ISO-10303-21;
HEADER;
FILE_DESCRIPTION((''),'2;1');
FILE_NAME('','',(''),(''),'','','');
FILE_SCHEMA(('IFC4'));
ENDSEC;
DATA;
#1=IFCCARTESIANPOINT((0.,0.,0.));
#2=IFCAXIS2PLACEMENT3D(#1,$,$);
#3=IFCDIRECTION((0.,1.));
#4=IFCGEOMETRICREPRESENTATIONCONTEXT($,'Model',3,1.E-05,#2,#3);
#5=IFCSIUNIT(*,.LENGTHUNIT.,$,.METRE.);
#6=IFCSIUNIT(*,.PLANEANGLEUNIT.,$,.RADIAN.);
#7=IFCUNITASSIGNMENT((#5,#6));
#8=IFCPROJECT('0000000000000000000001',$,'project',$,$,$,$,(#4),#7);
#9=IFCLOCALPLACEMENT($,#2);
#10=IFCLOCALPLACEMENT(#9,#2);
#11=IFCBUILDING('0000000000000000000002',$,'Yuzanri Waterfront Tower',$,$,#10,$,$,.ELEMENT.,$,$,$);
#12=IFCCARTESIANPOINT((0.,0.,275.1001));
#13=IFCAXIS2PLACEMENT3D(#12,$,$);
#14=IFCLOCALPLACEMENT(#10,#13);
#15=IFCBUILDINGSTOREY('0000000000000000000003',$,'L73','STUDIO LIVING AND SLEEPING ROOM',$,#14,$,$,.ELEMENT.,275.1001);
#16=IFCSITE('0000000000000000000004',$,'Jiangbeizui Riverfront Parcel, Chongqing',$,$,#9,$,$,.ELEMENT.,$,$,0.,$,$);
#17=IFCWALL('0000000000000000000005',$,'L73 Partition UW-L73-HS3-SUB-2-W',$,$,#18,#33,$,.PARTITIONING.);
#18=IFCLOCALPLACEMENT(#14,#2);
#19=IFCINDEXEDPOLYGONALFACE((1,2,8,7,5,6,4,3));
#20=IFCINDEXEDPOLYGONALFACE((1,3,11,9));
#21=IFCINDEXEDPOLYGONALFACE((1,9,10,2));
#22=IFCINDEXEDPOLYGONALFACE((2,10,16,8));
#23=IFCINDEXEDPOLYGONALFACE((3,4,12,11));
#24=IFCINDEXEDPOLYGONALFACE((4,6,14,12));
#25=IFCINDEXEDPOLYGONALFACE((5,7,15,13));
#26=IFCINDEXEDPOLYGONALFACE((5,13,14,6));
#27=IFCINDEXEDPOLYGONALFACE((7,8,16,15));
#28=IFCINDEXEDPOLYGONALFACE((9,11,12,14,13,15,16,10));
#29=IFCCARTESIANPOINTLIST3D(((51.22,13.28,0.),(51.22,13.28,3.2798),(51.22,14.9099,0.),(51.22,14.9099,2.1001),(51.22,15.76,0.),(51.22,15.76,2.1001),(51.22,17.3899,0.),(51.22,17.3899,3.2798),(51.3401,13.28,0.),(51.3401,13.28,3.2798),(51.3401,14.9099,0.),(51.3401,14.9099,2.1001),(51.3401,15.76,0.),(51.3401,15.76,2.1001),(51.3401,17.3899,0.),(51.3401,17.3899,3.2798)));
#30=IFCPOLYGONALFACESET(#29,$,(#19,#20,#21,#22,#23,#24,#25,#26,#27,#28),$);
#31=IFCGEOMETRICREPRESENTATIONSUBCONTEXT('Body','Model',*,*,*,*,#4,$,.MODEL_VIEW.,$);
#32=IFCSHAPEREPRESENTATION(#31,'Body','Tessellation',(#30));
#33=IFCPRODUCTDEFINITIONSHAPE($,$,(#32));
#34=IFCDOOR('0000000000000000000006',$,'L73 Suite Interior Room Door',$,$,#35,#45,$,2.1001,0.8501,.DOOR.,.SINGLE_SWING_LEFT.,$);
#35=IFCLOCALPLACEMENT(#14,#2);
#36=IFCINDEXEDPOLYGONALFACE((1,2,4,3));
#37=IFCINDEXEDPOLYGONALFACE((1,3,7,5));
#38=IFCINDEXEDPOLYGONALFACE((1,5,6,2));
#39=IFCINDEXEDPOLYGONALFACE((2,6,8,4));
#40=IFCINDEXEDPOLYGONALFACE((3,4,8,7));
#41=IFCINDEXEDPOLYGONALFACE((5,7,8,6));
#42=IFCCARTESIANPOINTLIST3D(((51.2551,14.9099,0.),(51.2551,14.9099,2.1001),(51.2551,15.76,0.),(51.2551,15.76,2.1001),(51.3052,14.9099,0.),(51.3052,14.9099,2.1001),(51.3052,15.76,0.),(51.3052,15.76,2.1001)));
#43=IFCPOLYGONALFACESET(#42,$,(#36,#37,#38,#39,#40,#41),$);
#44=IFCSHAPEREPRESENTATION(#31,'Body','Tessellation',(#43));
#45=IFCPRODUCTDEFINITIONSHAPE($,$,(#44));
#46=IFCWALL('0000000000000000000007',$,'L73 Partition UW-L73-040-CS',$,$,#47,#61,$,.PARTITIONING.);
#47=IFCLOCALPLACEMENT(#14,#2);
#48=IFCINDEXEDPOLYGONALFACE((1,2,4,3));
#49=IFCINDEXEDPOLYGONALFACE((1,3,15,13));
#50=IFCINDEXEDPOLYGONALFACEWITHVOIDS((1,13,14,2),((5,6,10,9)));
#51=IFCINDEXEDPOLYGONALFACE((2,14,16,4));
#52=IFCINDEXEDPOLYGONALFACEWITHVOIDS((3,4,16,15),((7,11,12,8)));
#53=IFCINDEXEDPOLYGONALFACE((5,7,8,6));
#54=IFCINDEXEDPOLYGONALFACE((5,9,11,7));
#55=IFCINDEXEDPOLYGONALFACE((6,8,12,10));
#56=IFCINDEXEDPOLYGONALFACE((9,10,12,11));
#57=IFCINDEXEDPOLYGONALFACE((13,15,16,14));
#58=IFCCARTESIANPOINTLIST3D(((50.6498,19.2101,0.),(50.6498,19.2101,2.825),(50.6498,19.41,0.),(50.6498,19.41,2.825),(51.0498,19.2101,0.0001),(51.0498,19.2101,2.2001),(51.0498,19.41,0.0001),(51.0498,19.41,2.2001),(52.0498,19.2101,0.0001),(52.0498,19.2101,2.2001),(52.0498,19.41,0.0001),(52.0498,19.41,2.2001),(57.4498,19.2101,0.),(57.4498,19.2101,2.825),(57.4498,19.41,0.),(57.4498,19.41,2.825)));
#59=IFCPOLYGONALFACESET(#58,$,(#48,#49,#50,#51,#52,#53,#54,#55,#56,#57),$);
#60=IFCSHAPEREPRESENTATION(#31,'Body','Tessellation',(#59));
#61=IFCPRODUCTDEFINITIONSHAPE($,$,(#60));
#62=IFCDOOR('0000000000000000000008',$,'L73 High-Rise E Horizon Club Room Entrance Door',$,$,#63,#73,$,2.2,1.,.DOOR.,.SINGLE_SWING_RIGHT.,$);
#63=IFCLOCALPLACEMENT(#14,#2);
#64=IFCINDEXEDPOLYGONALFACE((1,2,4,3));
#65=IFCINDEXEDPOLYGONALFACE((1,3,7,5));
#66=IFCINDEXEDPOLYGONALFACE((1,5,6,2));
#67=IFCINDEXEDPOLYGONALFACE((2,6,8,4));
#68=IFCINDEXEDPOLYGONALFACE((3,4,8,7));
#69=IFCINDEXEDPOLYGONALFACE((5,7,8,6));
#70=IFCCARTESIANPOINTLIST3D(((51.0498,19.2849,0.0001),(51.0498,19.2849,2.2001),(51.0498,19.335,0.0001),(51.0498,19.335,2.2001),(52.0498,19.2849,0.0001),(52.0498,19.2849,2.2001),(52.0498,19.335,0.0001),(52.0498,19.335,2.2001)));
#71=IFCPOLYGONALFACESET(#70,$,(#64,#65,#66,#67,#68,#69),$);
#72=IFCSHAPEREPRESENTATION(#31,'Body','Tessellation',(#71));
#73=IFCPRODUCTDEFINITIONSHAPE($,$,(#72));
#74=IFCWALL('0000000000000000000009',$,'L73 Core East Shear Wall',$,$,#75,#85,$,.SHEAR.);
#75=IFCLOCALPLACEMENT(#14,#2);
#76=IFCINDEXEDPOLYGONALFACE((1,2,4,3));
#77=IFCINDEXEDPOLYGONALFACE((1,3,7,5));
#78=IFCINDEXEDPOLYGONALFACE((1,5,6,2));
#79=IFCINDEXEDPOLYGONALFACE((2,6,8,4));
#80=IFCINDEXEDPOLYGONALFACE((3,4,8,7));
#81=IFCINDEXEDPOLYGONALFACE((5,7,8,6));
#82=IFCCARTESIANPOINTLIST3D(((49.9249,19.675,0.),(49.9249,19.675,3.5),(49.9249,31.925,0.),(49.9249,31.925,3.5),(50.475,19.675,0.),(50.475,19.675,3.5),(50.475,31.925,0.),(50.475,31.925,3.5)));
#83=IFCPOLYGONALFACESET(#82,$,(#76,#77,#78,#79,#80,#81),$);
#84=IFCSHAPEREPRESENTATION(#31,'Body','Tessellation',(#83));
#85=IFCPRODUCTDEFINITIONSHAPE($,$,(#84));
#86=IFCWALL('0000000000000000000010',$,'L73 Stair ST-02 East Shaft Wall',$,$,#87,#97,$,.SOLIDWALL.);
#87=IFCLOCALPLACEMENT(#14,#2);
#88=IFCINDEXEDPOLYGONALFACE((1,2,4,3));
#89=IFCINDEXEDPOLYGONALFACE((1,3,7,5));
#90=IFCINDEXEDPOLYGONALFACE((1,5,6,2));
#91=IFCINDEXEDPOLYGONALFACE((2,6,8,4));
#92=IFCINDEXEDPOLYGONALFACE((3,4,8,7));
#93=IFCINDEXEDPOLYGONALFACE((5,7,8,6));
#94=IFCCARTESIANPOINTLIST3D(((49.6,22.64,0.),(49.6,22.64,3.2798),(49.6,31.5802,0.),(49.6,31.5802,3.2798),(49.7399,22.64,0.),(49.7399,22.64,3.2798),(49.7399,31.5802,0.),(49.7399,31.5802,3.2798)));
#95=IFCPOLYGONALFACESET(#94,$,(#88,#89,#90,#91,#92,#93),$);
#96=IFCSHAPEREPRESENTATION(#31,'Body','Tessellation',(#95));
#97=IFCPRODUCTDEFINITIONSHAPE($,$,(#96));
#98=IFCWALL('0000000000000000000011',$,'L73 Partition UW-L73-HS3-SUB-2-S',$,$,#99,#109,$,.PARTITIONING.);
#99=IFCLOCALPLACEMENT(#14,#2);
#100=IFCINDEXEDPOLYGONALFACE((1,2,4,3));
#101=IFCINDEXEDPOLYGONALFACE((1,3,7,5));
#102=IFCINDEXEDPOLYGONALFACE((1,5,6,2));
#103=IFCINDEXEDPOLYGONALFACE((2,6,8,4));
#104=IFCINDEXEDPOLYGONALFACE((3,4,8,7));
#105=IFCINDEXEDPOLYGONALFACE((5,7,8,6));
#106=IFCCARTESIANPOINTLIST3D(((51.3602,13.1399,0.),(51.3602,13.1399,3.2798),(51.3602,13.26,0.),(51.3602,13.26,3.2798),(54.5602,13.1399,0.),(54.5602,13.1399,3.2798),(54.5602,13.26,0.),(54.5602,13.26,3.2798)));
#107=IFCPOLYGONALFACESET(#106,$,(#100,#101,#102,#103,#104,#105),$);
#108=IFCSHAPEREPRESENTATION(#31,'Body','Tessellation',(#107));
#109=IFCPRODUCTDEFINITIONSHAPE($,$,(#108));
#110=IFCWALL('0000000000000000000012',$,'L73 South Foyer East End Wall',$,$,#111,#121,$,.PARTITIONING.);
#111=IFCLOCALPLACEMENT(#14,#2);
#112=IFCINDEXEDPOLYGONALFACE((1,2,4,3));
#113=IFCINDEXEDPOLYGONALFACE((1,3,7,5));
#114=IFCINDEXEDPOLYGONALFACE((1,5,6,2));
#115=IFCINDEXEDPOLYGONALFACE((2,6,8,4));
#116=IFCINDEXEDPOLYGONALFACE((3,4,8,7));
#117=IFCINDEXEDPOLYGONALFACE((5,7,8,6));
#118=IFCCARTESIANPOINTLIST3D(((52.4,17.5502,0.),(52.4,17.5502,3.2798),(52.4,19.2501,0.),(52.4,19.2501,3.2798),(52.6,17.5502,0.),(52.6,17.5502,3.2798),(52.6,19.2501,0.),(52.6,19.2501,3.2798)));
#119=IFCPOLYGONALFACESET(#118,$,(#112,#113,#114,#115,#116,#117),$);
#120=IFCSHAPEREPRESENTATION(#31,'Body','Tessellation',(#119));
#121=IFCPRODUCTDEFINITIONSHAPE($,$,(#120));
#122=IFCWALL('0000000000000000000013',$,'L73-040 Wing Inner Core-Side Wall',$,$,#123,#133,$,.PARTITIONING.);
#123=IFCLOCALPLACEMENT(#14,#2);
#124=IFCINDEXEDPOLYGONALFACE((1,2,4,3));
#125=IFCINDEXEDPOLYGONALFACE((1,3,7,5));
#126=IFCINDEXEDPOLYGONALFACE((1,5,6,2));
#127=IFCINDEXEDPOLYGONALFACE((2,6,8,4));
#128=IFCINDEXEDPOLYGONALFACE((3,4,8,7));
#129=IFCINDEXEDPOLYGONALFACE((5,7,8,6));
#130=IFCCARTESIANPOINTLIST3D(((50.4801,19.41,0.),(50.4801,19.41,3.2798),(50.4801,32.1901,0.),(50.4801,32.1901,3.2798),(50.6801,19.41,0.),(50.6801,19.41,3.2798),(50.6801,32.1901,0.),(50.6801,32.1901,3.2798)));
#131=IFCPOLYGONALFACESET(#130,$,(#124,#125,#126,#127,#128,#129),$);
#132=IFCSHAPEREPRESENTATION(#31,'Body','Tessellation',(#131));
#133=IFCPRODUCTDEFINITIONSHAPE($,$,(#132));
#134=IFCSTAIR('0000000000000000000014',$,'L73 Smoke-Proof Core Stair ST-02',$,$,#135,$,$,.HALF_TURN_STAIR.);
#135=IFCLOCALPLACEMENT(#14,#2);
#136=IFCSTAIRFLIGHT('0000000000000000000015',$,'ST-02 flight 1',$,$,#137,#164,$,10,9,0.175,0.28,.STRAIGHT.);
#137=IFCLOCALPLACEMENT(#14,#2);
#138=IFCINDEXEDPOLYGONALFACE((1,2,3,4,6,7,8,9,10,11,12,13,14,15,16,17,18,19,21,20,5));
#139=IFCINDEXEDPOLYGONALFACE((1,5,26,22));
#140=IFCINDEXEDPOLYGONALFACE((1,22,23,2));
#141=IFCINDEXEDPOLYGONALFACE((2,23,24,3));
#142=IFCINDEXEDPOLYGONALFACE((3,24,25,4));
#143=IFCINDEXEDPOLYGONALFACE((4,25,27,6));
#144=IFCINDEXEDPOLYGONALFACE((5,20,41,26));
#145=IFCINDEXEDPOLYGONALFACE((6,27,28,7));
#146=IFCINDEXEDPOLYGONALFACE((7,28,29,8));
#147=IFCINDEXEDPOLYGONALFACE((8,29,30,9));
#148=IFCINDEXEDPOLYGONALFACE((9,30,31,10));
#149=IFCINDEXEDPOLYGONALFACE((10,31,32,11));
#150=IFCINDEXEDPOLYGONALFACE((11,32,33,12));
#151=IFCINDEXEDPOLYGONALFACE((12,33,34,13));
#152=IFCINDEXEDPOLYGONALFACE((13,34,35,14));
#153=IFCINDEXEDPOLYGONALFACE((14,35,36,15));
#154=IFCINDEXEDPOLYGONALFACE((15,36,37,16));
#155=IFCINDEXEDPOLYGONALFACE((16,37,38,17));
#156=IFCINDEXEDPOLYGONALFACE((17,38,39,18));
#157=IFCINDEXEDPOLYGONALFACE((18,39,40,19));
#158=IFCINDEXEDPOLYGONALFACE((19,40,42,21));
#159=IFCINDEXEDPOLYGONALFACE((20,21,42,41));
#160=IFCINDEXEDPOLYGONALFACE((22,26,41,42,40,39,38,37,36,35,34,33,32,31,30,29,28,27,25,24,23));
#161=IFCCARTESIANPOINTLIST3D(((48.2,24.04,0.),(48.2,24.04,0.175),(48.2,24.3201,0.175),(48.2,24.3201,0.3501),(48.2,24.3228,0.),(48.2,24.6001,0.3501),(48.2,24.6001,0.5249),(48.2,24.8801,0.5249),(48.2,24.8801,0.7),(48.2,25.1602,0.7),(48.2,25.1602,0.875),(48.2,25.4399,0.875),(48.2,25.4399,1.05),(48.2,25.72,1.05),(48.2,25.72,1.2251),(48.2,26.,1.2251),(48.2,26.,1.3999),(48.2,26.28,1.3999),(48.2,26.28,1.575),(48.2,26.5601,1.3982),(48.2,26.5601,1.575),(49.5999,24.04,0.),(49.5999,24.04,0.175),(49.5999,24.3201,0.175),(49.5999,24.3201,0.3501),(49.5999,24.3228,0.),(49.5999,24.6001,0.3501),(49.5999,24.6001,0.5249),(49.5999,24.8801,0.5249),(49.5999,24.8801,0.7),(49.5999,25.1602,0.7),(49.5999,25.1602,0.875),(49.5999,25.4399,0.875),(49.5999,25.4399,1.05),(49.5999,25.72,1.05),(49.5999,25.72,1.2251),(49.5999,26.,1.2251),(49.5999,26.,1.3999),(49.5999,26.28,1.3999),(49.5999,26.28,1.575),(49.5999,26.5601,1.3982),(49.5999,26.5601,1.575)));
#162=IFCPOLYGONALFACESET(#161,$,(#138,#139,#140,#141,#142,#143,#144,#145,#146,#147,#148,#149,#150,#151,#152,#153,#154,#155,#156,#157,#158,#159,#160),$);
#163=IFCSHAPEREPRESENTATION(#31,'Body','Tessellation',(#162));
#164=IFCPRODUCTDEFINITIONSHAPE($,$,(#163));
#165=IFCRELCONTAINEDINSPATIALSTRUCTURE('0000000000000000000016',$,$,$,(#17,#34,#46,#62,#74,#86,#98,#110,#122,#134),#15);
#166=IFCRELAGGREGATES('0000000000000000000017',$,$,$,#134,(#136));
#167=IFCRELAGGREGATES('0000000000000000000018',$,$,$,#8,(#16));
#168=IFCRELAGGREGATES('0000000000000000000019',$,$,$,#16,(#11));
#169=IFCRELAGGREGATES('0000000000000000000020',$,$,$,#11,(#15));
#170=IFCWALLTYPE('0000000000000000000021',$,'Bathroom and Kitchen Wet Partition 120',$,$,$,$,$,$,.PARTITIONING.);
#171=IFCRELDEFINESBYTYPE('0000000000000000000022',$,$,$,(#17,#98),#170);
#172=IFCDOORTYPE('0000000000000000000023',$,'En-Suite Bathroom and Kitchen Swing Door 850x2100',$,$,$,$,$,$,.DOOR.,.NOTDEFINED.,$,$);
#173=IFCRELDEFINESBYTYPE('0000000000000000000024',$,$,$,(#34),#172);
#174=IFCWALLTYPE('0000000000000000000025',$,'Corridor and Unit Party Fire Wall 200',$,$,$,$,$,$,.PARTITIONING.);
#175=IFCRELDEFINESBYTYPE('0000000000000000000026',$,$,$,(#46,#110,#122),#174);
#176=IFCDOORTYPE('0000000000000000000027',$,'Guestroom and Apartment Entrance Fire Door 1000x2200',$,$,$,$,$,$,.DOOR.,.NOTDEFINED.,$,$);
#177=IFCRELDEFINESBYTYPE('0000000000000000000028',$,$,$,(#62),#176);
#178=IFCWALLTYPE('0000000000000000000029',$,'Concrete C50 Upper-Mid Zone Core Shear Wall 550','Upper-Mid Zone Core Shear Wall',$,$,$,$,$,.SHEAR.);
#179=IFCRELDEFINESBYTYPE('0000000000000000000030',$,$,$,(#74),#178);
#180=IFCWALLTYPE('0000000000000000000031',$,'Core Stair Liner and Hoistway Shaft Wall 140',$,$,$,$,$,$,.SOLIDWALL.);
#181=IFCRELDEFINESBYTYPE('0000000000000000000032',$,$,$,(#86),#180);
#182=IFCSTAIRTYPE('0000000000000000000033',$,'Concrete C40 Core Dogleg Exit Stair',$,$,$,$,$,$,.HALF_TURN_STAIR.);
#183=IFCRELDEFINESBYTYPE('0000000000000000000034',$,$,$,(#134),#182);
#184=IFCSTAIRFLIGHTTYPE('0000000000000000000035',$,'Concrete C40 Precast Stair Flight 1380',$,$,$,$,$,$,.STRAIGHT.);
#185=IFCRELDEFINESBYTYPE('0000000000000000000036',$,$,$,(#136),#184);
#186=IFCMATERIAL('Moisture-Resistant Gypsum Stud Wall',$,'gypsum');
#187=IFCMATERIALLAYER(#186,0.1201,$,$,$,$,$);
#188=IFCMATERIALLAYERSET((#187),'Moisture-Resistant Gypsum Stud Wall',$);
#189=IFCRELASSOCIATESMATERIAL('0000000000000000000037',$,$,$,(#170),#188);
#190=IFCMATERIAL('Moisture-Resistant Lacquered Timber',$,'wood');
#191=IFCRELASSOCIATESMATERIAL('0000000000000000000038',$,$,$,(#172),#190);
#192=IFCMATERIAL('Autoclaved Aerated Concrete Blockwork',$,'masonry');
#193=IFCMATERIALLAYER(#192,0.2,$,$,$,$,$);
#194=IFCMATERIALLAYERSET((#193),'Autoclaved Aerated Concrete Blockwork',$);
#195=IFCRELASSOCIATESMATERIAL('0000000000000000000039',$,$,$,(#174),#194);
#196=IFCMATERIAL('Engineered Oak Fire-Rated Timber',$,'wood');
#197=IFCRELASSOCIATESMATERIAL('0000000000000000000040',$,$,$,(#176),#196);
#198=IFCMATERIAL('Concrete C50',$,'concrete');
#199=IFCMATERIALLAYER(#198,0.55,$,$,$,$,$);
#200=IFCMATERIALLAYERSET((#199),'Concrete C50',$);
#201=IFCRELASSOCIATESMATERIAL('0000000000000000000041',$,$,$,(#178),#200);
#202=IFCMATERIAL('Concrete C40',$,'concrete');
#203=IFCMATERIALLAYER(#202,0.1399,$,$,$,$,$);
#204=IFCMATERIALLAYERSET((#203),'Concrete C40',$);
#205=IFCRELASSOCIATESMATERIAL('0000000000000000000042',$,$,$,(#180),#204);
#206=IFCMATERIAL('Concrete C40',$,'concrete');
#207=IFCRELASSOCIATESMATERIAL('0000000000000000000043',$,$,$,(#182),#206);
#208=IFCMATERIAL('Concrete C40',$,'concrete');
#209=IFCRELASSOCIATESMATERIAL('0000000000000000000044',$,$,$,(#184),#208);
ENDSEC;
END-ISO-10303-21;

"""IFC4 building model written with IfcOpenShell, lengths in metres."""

from ifc_helpers import new_model, si_unit, direction, frame, frame_2d, origin, place, context, subcontext, project, spatial, polyline, rectangle, outline, extrude, source, transform, mapped, material, layer, layer_set, type_object, element, fill, aggregate, save


model = new_model("IFC4")

# Units and contexts
model_context = context("Model", 3, precision=1e-05, world=origin(), true_north=direction((0.0, 1.0)))
body_context = subcontext(model_context, "Body", "Model", "MODEL_VIEW")
ifc_project = project(units=[si_unit("LENGTHUNIT", "METRE"), si_unit("PLANEANGLEUNIT", "RADIAN")], contexts=[model_context])

# Site, building, storey
site_placement = place(None, origin())
site = spatial("IfcSite", under=ifc_project, at=site_placement, Name="Jiangbeizui Riverfront Parcel, Chongqing", CompositionType="ELEMENT", RefElevation=0.0)
building_placement = place(site_placement, origin())
building = spatial("IfcBuilding", under=site, at=building_placement, Name="Yuzanri Waterfront Tower", CompositionType="ELEMENT")
storey_placement = place(building_placement, frame((0.0, 0.0, 275.1001)))
storey = spatial("IfcBuildingStorey", under=building, at=storey_placement, Name="L73", Description="STUDIO LIVING AND SLEEPING ROOM", CompositionType="ELEMENT", Elevation=275.1001)

# Walls, openings, doors
ifc_material_1 = material(Name="Moisture-Resistant Gypsum Stud Wall", Category="gypsum")
ifc_layer_1 = layer(ifc_material_1, 0.1201)
ifc_layer_set_1 = layer_set([ifc_layer_1], Name="Moisture-Resistant Gypsum Stud Wall")
wall_type_1 = type_object("IfcWallType", Name="Bathroom and Kitchen Wet Partition 120", PredefinedType="PARTITIONING", material=ifc_layer_set_1)
wall_1_placement = place(storey_placement, frame((51.28, 13.28, 0.0), z_axis=(0.0, 0.0, 1.0), x_axis=(0.0, 1.0, 0.0)))
wall_1 = element("IfcWall", 1, at=wall_1_placement, inside=storey, type_object=wall_type_1, Name="L73 Partition UW-L73-HS3-SUB-2-W", PredefinedType="PARTITIONING", context=body_context, shape_type="SweptSolid", body=[
    extrude(rectangle(XDim=4.1099, YDim=0.1201, at=frame_2d((2.0549, 0.0))), origin(), (0.0, 0.0, 1.0), 3.2798),
])
opening_1_placement = place(wall_1_placement, frame((1.6299, 0.0, 0.0)))
opening_1 = element("IfcOpeningElement", 2, at=opening_1_placement, cuts=wall_1, PredefinedType="OPENING", context=body_context, shape_type="SweptSolid", body=[
    extrude(rectangle(XDim=0.8501, YDim=2.1001, at=frame_2d((0.425, 1.05))), frame((0.0, 0.075, 0.0), z_axis=(0.0, -1.0, 0.0), x_axis=(1.0, 0.0, 0.0)), (0.0, 0.0, 1.0), 0.1499),
])
ifc_material_2 = material(Name="Moisture-Resistant Lacquered Timber", Category="wood")
door_type_1 = type_object("IfcDoorType", Name="En-Suite Bathroom and Kitchen Swing Door 850x2100", OperationType="NOTDEFINED", PredefinedType="DOOR", material=ifc_material_2)
shared_shape_1 = source(origin(), body_context, "Body", "SweptSolid", [
    extrude(rectangle(XDim=0.8501, YDim=2.1001, at=frame_2d((0.425, 1.05))), frame((0.0, 0.0249, 0.0), z_axis=(0.0, -1.0, 0.0), x_axis=(1.0, 0.0, 0.0)), (0.0, 0.0, 1.0), 0.05),
])
door_1_placement = place(opening_1_placement, origin())
door_1 = element("IfcDoor", 3, at=door_1_placement, inside=storey, type_object=door_type_1, Name="L73 Suite Interior Room Door", OperationType="SINGLE_SWING_LEFT", OverallHeight=2.1001, OverallWidth=0.8501, PredefinedType="DOOR", context=body_context, shape_type="MappedRepresentation", body=[
    mapped(shared_shape_1, transform((0.0, 0.0, 0.0), scale=1.0)),
])
fill(opening_1, door_1)
ifc_material_3 = material(Name="Autoclaved Aerated Concrete Blockwork", Category="masonry")
ifc_layer_2 = layer(ifc_material_3, 0.2)
ifc_layer_set_2 = layer_set([ifc_layer_2], Name="Autoclaved Aerated Concrete Blockwork")
wall_type_2 = type_object("IfcWallType", Name="Corridor and Unit Party Fire Wall 200", PredefinedType="PARTITIONING", material=ifc_layer_set_2)
wall_2_placement = place(storey_placement, frame((50.6499, 19.3101, 0.0), z_axis=(0.0, 0.0, 1.0), x_axis=(1.0, 0.0, 0.0)))
wall_2 = element("IfcWall", 4, at=wall_2_placement, inside=storey, type_object=wall_type_2, Name="L73 Partition UW-L73-040-CS", PredefinedType="PARTITIONING", context=body_context, shape_type="SweptSolid", body=[
    extrude(rectangle(XDim=6.8, YDim=0.2, at=frame_2d((3.3999, 0.0))), origin(), (0.0, 0.0, 1.0), 2.825),
])
opening_2_placement = place(wall_2_placement, frame((0.3999, 0.0, 0.0)))
opening_2 = element("IfcOpeningElement", 5, at=opening_2_placement, cuts=wall_2, PredefinedType="OPENING", context=body_context, shape_type="SweptSolid", body=[
    extrude(rectangle(XDim=1.0, YDim=2.2, at=frame_2d((0.5, 1.1001))), frame((0.0, 0.1147, 0.0), z_axis=(0.0, -1.0, 0.0), x_axis=(1.0, 0.0, 0.0)), (0.0, 0.0, 1.0), 0.2297),
])
ifc_material_4 = material(Name="Engineered Oak Fire-Rated Timber", Category="wood")
door_type_2 = type_object("IfcDoorType", Name="Guestroom and Apartment Entrance Fire Door 1000x2200", OperationType="NOTDEFINED", PredefinedType="DOOR", material=ifc_material_4)
shared_shape_2 = source(origin(), body_context, "Body", "SweptSolid", [
    extrude(rectangle(XDim=1.0, YDim=2.2, at=frame_2d((0.5, 1.1001))), frame((0.0, 0.0249, 0.0), z_axis=(0.0, -1.0, 0.0), x_axis=(1.0, 0.0, 0.0)), (0.0, 0.0, 1.0), 0.05),
])
door_2_placement = place(opening_2_placement, origin())
door_2 = element("IfcDoor", 6, at=door_2_placement, inside=storey, type_object=door_type_2, Name="L73 High-Rise E Horizon Club Room Entrance Door", OperationType="SINGLE_SWING_RIGHT", OverallHeight=2.2, OverallWidth=1.0, PredefinedType="DOOR", context=body_context, shape_type="MappedRepresentation", body=[
    mapped(shared_shape_2, transform((0.0, 0.0, 0.0), scale=1.0)),
])
fill(opening_2, door_2)

# Walls
ifc_material_5 = material(Name="Concrete C50", Category="concrete")
ifc_layer_3 = layer(ifc_material_5, 0.55)
ifc_layer_set_3 = layer_set([ifc_layer_3], Name="Concrete C50")
wall_type_3 = type_object("IfcWallType", Name="Concrete C50 Upper-Mid Zone Core Shear Wall 550", Description="Upper-Mid Zone Core Shear Wall", PredefinedType="SHEAR", material=ifc_layer_set_3)
shared_shape_3 = source(origin(), body_context, "Body", "SweptSolid", [
    extrude(rectangle(XDim=12.25, YDim=0.55, at=frame_2d((6.125, 0.0))), origin(), (0.0, 0.0, 1.0), 3.5),
])
wall_3_placement = place(storey_placement, frame((50.2, 19.675, 0.0), z_axis=(0.0, 0.0, 1.0), x_axis=(0.0, 1.0, 0.0)))
element("IfcWall", 7, at=wall_3_placement, inside=storey, type_object=wall_type_3, Name="L73 Core East Shear Wall", PredefinedType="SHEAR", context=body_context, shape_type="MappedRepresentation", body=[
    mapped(shared_shape_3, transform((0.0, 0.0, 0.0), scale=1.0)),
])
ifc_material_6 = material(Name="Concrete C40", Category="concrete")
ifc_layer_4 = layer(ifc_material_6, 0.1399)
ifc_layer_set_4 = layer_set([ifc_layer_4], Name="Concrete C40")
wall_type_4 = type_object("IfcWallType", Name="Core Stair Liner and Hoistway Shaft Wall 140", PredefinedType="SOLIDWALL", material=ifc_layer_set_4)
shared_shape_4 = source(origin(), body_context, "Body", "SweptSolid", [
    extrude(rectangle(XDim=8.9402, YDim=0.1399, at=frame_2d((4.4702, 0.0))), origin(), (0.0, 0.0, 1.0), 3.2798),
])
wall_4_placement = place(storey_placement, frame((49.6699, 22.6399, 0.0), z_axis=(0.0, 0.0, 1.0), x_axis=(0.0, 1.0, 0.0)))
element("IfcWall", 8, at=wall_4_placement, inside=storey, type_object=wall_type_4, Name="L73 Stair ST-02 East Shaft Wall", PredefinedType="SOLIDWALL", context=body_context, shape_type="MappedRepresentation", body=[
    mapped(shared_shape_4, transform((0.0, 0.0, 0.0), scale=1.0)),
])
shared_shape_5 = source(origin(), body_context, "Body", "SweptSolid", [
    extrude(rectangle(XDim=3.2, YDim=0.1201, at=frame_2d((1.6001, 0.0))), origin(), (0.0, 0.0, 1.0), 3.2798),
])
wall_5_placement = place(storey_placement, frame((51.3601, 13.2, 0.0), z_axis=(0.0, 0.0, 1.0), x_axis=(1.0, 0.0, 0.0)))
element("IfcWall", 9, at=wall_5_placement, inside=storey, type_object=wall_type_1, Name="L73 Partition UW-L73-HS3-SUB-2-S", PredefinedType="PARTITIONING", context=body_context, shape_type="MappedRepresentation", body=[
    mapped(shared_shape_5, transform((0.0, 0.0, 0.0), scale=1.0)),
])
shared_shape_6 = source(origin(), body_context, "Body", "SweptSolid", [
    extrude(rectangle(XDim=1.7, YDim=0.2, at=frame_2d((0.8501, 0.0))), origin(), (0.0, 0.0, 1.0), 3.2798),
])
wall_6_placement = place(storey_placement, frame((52.5, 17.55, 0.0), z_axis=(0.0, 0.0, 1.0), x_axis=(0.0, 1.0, 0.0)))
element("IfcWall", 10, at=wall_6_placement, inside=storey, type_object=wall_type_2, Name="L73 South Foyer East End Wall", PredefinedType="PARTITIONING", context=body_context, shape_type="MappedRepresentation", body=[
    mapped(shared_shape_6, transform((0.0, 0.0, 0.0), scale=1.0)),
])
shared_shape_7 = source(origin(), body_context, "Body", "SweptSolid", [
    extrude(rectangle(XDim=12.78, YDim=0.2, at=frame_2d((6.3901, 0.0))), origin(), (0.0, 0.0, 1.0), 3.2798),
])
wall_7_placement = place(storey_placement, frame((50.5801, 19.4099, 0.0), z_axis=(0.0, 0.0, 1.0), x_axis=(0.0, 1.0, 0.0)))
element("IfcWall", 11, at=wall_7_placement, inside=storey, type_object=wall_type_2, Name="L73-040 Wing Inner Core-Side Wall", PredefinedType="PARTITIONING", context=body_context, shape_type="MappedRepresentation", body=[
    mapped(shared_shape_7, transform((0.0, 0.0, 0.0), scale=1.0)),
])

# Stair, stair flight
ifc_material_7 = material(Name="Concrete C40", Category="concrete")
stair_type = type_object("IfcStairType", Name="Concrete C40 Core Dogleg Exit Stair", PredefinedType="HALF_TURN_STAIR", material=ifc_material_7)
stair_placement = place(storey_placement, origin())
stair = element("IfcStair", 12, at=stair_placement, inside=storey, type_object=stair_type, Name="L73 Smoke-Proof Core Stair ST-02", PredefinedType="HALF_TURN_STAIR")
ifc_material_8 = material(Name="Concrete C40", Category="concrete")
stair_flight_type = type_object("IfcStairFlightType", Name="Concrete C40 Precast Stair Flight 1380", PredefinedType="STRAIGHT", material=ifc_material_8)
shared_shape_8 = source(origin(), body_context, "Body", "SweptSolid", [
    extrude(outline(polyline([(0.0, 0.0), (0.0, 0.175), (0.28, 0.175), (0.28, 0.3501), (0.5601, 0.3501), (0.5601, 0.5249), (0.8401, 0.5249), (0.8401, 0.7), (1.1201, 0.7), (1.1201, 0.875), (1.3999, 0.875), (1.3999, 1.05), (1.6799, 1.05), (1.6799, 1.2251), (1.96, 1.2251), (1.96, 1.3999), (2.24, 1.3999), (2.24, 1.575), (2.52, 1.575), (2.52, 1.75), (2.52, 1.3982), (0.2827, 0.0), (0.0, 0.0)])), frame((0.0, 0.7, 0.0), z_axis=(0.0, -1.0, 0.0), x_axis=(1.0, 0.0, 0.0)), (0.0, 0.0, 1.0), 1.3999),
])
stair_flight_placement = place(storey_placement, frame((48.8999, 24.04, 0.0), z_axis=(0.0, 0.0, 1.0), x_axis=(0.0, 1.0, 0.0)))
stair_flight = element("IfcStairFlight", 13, at=stair_flight_placement, type_object=stair_flight_type, Name="ST-02 flight 1", NumberOfRisers=10, NumberOfTreads=9, PredefinedType="STRAIGHT", RiserHeight=0.175, TreadLength=0.28, context=body_context, shape_type="MappedRepresentation", body=[
    mapped(shared_shape_8, transform((0.0, 0.0, 0.0), scale=1.0)),
])
aggregate(stair, [stair_flight])

save(model, "model.ifc")
